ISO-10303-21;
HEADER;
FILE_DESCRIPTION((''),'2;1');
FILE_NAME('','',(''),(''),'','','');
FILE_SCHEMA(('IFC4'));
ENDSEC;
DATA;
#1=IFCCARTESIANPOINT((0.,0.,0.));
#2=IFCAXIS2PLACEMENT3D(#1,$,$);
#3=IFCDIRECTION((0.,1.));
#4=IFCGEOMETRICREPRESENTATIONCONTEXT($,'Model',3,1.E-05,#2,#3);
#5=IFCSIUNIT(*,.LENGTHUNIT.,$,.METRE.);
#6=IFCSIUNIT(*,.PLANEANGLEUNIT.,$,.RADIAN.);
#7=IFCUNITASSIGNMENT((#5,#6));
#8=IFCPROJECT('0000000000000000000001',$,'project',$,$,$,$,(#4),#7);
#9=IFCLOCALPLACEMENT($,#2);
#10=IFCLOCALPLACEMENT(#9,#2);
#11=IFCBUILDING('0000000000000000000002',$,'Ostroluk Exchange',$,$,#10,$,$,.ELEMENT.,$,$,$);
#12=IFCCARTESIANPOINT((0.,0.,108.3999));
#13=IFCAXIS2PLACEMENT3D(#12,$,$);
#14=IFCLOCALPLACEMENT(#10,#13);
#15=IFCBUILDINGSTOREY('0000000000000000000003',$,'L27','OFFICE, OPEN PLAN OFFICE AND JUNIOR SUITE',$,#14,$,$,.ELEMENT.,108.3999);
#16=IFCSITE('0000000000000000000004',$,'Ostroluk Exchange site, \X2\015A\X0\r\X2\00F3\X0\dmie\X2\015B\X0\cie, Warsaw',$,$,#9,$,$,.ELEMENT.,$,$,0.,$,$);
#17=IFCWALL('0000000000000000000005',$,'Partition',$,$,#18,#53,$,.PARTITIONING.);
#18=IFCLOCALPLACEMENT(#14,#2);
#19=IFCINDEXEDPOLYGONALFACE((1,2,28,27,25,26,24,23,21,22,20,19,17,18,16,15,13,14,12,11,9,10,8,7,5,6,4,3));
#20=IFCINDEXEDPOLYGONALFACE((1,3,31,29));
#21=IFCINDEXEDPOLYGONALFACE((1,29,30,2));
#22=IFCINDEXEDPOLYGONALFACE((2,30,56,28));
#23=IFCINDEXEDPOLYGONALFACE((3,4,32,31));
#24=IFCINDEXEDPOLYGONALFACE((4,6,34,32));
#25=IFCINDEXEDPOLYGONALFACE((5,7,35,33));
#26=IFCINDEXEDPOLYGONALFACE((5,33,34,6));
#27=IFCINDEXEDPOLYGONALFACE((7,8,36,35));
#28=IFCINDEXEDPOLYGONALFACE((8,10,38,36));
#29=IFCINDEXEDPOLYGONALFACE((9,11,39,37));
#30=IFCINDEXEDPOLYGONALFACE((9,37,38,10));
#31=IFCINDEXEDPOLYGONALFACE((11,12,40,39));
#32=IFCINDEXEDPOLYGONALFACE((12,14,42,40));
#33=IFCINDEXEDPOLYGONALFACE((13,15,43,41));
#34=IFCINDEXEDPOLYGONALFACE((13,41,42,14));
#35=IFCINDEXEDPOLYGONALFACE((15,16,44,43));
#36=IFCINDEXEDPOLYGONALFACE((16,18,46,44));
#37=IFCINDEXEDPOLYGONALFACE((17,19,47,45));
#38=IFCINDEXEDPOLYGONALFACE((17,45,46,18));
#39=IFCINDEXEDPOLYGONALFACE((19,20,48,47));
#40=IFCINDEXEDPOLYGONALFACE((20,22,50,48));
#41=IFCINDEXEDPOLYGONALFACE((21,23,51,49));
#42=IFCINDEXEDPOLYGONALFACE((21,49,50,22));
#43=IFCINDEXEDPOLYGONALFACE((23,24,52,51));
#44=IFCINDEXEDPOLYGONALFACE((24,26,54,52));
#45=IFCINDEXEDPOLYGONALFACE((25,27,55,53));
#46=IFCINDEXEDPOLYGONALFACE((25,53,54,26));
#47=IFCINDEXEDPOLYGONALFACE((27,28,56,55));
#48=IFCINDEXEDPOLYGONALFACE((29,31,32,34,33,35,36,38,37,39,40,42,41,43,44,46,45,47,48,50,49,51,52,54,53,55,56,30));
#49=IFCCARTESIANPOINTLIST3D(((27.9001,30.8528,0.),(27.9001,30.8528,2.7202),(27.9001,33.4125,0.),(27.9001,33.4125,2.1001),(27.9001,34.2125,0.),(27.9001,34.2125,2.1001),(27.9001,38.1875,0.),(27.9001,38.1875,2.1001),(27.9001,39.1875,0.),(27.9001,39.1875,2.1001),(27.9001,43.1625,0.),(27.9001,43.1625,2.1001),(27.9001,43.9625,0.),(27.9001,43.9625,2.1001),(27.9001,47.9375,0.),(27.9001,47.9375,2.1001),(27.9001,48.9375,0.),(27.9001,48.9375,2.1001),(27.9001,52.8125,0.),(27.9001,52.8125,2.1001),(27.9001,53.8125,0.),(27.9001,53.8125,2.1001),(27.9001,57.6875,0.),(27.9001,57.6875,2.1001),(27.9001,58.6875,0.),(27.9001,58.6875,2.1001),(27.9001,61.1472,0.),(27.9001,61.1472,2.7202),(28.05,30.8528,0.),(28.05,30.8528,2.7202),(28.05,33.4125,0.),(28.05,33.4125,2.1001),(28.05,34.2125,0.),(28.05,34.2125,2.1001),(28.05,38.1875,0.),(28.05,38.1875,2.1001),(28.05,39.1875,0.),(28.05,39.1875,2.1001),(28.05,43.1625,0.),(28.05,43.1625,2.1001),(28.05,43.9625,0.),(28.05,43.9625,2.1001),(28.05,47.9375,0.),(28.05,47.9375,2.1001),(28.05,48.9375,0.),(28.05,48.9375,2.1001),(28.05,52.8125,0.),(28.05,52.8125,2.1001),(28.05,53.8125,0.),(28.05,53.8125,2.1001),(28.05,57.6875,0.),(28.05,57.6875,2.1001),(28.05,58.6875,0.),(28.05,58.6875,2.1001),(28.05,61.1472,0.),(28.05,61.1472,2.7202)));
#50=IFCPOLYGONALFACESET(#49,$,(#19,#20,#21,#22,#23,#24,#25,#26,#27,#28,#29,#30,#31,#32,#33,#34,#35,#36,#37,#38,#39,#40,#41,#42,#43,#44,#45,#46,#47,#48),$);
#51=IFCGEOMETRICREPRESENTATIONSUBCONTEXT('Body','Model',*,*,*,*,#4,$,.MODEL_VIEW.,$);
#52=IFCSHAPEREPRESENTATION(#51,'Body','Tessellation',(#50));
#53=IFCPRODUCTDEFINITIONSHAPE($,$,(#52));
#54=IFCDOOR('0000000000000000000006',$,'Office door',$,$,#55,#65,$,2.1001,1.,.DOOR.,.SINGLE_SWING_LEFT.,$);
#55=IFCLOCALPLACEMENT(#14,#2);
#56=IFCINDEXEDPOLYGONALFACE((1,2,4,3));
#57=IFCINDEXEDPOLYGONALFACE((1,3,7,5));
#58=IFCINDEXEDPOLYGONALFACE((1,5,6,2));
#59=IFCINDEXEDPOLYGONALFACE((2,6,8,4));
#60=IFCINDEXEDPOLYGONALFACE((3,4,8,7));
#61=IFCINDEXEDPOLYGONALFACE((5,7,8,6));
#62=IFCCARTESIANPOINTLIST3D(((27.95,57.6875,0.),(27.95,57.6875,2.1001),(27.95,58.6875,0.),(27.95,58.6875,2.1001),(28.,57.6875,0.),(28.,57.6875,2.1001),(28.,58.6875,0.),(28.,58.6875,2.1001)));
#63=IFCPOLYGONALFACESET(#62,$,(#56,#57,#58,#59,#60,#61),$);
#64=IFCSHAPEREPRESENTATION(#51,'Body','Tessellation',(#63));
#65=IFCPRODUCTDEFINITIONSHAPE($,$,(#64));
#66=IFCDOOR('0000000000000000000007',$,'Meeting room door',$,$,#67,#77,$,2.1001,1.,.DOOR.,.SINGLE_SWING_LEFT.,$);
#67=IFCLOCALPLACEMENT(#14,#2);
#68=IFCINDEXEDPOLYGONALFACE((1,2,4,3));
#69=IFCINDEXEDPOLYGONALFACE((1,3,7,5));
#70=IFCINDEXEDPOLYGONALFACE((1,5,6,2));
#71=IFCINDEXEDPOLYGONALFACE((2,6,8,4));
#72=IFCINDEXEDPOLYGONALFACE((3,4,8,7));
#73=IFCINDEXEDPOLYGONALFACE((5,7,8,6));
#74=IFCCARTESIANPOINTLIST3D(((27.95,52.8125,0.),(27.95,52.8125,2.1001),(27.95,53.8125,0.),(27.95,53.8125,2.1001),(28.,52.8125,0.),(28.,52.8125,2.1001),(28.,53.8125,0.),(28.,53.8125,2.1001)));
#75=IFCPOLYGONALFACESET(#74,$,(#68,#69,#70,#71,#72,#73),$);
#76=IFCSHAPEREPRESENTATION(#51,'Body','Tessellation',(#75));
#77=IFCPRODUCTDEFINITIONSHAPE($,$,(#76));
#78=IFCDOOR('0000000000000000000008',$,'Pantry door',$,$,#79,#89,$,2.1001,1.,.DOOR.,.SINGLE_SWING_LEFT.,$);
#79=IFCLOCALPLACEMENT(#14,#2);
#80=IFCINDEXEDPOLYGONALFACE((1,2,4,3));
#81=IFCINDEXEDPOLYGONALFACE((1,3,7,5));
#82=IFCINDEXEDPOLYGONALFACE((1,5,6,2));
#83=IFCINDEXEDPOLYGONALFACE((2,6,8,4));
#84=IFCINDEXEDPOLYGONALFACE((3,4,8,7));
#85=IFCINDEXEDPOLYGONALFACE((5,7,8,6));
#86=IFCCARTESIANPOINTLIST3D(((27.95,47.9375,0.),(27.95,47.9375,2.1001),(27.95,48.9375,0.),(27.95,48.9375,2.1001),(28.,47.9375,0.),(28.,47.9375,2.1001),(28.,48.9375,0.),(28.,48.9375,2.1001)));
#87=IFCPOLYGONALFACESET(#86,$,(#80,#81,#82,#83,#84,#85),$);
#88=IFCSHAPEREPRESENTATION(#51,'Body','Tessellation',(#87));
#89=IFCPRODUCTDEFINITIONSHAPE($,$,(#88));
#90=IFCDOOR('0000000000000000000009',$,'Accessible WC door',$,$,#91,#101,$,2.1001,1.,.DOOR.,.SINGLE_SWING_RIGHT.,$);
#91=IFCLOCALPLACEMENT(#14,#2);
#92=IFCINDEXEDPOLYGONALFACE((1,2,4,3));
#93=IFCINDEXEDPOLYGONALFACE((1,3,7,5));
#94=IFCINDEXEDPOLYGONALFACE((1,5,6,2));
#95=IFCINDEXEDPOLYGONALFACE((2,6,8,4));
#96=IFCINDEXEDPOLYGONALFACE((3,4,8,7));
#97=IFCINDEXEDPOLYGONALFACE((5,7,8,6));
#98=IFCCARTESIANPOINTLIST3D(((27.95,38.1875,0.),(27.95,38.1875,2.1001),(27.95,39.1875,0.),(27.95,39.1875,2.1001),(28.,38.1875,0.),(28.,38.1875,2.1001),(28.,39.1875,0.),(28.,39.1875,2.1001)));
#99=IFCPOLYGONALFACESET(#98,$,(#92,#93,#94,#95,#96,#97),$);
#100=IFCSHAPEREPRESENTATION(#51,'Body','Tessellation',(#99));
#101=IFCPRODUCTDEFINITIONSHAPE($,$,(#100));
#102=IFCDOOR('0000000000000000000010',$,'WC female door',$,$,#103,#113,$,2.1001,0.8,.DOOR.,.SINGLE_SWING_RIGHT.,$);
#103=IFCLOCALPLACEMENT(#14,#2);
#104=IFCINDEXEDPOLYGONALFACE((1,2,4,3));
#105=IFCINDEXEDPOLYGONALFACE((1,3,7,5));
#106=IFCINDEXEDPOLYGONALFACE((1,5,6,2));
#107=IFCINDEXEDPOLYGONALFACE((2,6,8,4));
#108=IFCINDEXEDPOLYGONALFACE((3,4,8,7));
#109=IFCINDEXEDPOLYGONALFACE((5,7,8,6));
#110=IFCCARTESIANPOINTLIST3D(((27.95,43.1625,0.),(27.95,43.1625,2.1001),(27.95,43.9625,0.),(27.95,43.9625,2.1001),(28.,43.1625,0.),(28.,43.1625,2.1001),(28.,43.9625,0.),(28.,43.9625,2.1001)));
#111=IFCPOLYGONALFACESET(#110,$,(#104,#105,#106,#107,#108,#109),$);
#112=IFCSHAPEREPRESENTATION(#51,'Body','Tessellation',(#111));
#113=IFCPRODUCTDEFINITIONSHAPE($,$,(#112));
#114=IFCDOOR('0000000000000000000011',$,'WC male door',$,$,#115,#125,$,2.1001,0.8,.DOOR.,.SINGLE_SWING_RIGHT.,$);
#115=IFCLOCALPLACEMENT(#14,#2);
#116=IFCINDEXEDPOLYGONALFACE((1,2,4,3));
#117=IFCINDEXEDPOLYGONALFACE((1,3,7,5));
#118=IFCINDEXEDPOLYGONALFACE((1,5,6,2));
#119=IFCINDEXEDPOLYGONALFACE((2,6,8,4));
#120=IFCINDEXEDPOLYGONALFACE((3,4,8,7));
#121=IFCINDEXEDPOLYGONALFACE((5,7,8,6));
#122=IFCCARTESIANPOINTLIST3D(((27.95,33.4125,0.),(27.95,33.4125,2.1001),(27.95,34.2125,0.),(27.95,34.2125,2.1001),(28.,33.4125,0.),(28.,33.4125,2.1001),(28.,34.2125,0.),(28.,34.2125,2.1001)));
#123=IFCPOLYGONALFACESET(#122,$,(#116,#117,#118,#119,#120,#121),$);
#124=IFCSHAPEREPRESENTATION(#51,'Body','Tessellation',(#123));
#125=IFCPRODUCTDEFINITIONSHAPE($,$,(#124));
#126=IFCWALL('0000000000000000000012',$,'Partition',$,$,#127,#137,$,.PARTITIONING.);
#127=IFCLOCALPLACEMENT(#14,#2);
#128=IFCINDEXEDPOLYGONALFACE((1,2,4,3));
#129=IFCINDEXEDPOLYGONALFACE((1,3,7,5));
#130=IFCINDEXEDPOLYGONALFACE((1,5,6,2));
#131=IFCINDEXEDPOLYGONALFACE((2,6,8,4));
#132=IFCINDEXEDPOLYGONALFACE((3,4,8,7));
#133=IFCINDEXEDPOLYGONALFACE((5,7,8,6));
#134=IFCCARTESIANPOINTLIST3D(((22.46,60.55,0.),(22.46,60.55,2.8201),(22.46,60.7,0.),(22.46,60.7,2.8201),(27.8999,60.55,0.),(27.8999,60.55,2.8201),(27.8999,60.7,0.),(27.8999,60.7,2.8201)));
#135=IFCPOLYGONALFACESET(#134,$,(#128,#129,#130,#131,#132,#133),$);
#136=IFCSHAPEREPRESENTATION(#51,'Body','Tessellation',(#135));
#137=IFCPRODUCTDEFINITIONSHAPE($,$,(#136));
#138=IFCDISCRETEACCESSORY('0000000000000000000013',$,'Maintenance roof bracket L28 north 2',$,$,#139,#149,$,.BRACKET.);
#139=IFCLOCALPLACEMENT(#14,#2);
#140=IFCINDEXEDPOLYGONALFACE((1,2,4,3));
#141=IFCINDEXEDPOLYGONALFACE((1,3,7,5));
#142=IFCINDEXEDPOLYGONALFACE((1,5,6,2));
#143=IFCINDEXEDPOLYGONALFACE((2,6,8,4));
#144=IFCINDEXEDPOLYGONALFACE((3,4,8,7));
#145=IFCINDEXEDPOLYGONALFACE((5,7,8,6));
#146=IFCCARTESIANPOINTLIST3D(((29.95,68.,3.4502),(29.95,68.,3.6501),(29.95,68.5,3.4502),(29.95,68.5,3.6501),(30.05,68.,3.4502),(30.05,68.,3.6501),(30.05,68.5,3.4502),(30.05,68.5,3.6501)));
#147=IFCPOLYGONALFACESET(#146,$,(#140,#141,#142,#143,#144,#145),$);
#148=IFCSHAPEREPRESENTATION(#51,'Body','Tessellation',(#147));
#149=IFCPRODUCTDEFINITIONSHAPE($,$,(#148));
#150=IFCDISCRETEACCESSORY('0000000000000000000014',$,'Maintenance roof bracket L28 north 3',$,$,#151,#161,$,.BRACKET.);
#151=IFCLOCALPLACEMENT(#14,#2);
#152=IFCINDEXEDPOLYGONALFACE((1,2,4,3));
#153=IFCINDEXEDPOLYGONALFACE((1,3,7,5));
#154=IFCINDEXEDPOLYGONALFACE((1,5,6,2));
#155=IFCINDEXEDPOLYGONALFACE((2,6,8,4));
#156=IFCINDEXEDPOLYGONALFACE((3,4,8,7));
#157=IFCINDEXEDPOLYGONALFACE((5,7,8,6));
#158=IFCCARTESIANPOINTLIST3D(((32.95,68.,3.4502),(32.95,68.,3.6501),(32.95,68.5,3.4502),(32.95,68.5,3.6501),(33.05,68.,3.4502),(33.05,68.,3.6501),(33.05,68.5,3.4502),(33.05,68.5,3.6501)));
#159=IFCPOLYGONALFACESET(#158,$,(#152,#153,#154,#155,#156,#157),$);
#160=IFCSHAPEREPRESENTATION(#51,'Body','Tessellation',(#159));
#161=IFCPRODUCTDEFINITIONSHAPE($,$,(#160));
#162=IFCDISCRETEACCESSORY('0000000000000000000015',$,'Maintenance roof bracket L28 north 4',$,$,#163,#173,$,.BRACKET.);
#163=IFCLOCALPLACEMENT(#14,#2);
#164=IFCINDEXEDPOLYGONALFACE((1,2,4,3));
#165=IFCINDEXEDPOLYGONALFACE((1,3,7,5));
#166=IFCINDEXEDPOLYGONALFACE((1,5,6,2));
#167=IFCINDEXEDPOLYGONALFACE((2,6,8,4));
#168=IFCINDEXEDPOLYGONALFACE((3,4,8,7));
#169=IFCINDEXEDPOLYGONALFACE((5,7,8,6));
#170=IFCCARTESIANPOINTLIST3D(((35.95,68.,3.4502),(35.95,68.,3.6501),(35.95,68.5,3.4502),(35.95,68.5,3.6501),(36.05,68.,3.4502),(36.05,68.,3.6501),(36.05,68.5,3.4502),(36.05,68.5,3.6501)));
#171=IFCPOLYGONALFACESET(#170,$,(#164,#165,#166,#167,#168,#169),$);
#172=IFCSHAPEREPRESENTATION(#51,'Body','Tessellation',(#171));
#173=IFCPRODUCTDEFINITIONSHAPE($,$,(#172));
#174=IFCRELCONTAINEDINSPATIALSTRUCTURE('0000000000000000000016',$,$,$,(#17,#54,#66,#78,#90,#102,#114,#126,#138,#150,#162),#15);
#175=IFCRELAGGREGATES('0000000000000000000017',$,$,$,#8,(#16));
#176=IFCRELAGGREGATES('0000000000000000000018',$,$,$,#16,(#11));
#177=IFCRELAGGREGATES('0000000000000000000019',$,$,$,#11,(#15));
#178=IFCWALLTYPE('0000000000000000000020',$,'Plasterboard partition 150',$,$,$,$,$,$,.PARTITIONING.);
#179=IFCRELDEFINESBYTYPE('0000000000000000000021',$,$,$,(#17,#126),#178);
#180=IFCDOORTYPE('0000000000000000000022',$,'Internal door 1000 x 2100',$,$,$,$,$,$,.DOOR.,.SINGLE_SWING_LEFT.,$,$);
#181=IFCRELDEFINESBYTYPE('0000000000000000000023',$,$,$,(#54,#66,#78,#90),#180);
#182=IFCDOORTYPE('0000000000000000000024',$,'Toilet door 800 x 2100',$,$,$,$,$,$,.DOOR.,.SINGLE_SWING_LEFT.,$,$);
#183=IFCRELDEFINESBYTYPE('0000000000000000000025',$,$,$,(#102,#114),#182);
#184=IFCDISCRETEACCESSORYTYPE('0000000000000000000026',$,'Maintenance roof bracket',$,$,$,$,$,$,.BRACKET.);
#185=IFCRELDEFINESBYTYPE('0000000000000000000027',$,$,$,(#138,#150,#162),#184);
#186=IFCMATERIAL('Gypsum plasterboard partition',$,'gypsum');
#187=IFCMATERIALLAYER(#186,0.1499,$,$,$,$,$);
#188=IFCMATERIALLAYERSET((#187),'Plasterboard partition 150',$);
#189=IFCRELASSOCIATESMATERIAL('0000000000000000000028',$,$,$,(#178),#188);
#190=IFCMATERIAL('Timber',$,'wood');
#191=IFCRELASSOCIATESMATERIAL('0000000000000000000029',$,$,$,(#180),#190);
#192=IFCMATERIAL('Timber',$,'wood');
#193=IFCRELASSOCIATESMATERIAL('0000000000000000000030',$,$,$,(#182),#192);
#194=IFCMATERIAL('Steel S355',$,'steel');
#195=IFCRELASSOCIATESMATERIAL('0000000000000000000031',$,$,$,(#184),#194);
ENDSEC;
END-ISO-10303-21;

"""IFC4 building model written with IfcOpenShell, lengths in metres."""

from ifc_helpers import new_model, si_unit, direction, frame, frame_2d, origin, origin_2d, place, context, subcontext, project, spatial, rectangle, extrude, material, layer, layer_set, type_object, element, fill, save


model = new_model("IFC4")

# Units and contexts
model_context = context("Model", 3, precision=1e-05, world=origin(), true_north=direction((0.0, 1.0)))
body_context = subcontext(model_context, "Body", "Model", "MODEL_VIEW")
ifc_project = project(units=[si_unit("LENGTHUNIT", "METRE"), si_unit("PLANEANGLEUNIT", "RADIAN")], contexts=[model_context])

# Site, building, storey
site_placement = place(None, origin())
site = spatial("IfcSite", under=ifc_project, at=site_placement, Name="Ostroluk Exchange site, Śródmieście, Warsaw", CompositionType="ELEMENT", RefElevation=0.0)
building_placement = place(site_placement, origin())
building = spatial("IfcBuilding", under=site, at=building_placement, Name="Ostroluk Exchange", CompositionType="ELEMENT")
storey_placement = place(building_placement, frame((0.0, 0.0, 108.3999)))
storey = spatial("IfcBuildingStorey", under=building, at=storey_placement, Name="L27", Description="OFFICE, OPEN PLAN OFFICE AND JUNIOR SUITE", CompositionType="ELEMENT", Elevation=108.3999)

# Shared definitions
ifc_material_1 = material(Name="Gypsum plasterboard partition", Category="gypsum")
ifc_layer_1 = layer(ifc_material_1, 0.1499)
ifc_layer_set_1 = layer_set([ifc_layer_1], Name="Plasterboard partition 150")
wall_type = type_object("IfcWallType", Name="Plasterboard partition 150", PredefinedType="PARTITIONING", material=ifc_layer_set_1)
ifc_material_2 = material(Name="Timber", Category="wood")
door_type_1 = type_object("IfcDoorType", Name="Internal door 1000 x 2100", OperationType="SINGLE_SWING_LEFT", PredefinedType="DOOR", material=ifc_material_2)

# Wall, openings, doors
wall_1_placement = place(storey_placement, frame((27.9751, 61.1472, 0.0), z_axis=(0.0, 0.0, 1.0), x_axis=(0.0, -1.0, 0.0)))
wall_1 = element("IfcWall", 1, at=wall_1_placement, inside=storey, type_object=wall_type, Name="Partition", PredefinedType="PARTITIONING", context=body_context, shape_type="SweptSolid", body=[
    extrude(rectangle(XDim=30.2944, YDim=0.1499, at=frame_2d((15.1472, 0.0))), origin(), (0.0, 0.0, 1.0), 2.7202),
])
opening_1_placement = place(wall_1_placement, frame((2.4597, 0.0, 0.0)))
opening_1 = element("IfcOpeningElement", 2, at=opening_1_placement, cuts=wall_1, PredefinedType="OPENING", context=body_context, shape_type="SweptSolid", body=[
    extrude(rectangle(XDim=1.0, YDim=2.1001, at=frame_2d((0.5, 1.05))), frame((0.0, 0.085, 0.0), z_axis=(0.0, -1.0, 0.0), x_axis=(1.0, 0.0, 0.0)), (0.0, 0.0, 1.0), 0.1699),
])
opening_2_placement = place(wall_1_placement, frame((7.3347, 0.0, 0.0)))
opening_2 = element("IfcOpeningElement", 3, at=opening_2_placement, cuts=wall_1, PredefinedType="OPENING", context=body_context, shape_type="SweptSolid", body=[
    extrude(rectangle(XDim=1.0, YDim=2.1001, at=frame_2d((0.5, 1.05))), frame((0.0, 0.085, 0.0), z_axis=(0.0, -1.0, 0.0), x_axis=(1.0, 0.0, 0.0)), (0.0, 0.0, 1.0), 0.1699),
])
opening_3_placement = place(wall_1_placement, frame((12.2097, 0.0, 0.0)))
opening_3 = element("IfcOpeningElement", 4, at=opening_3_placement, cuts=wall_1, PredefinedType="OPENING", context=body_context, shape_type="SweptSolid", body=[
    extrude(rectangle(XDim=1.0, YDim=2.1001, at=frame_2d((0.5, 1.05))), frame((0.0, 0.085, 0.0), z_axis=(0.0, -1.0, 0.0), x_axis=(1.0, 0.0, 0.0)), (0.0, 0.0, 1.0), 0.1699),
])
opening_4_placement = place(wall_1_placement, frame((17.1848, 0.0, 0.0)))
opening_4 = element("IfcOpeningElement", 5, at=opening_4_placement, cuts=wall_1, PredefinedType="OPENING", context=body_context, shape_type="SweptSolid", body=[
    extrude(rectangle(XDim=0.8, YDim=2.1001, at=frame_2d((0.3999, 1.05))), frame((0.0, 0.085, 0.0), z_axis=(0.0, -1.0, 0.0), x_axis=(1.0, 0.0, 0.0)), (0.0, 0.0, 1.0), 0.1699),
])
opening_5_placement = place(wall_1_placement, frame((21.9597, 0.0, 0.0)))
opening_5 = element("IfcOpeningElement", 6, at=opening_5_placement, cuts=wall_1, PredefinedType="OPENING", context=body_context, shape_type="SweptSolid", body=[
    extrude(rectangle(XDim=1.0, YDim=2.1001, at=frame_2d((0.5, 1.05))), frame((0.0, 0.085, 0.0), z_axis=(0.0, -1.0, 0.0), x_axis=(1.0, 0.0, 0.0)), (0.0, 0.0, 1.0), 0.1699),
])
opening_6_placement = place(wall_1_placement, frame((26.9348, 0.0, 0.0)))
opening_6 = element("IfcOpeningElement", 7, at=opening_6_placement, cuts=wall_1, PredefinedType="OPENING", context=body_context, shape_type="SweptSolid", body=[
    extrude(rectangle(XDim=0.8, YDim=2.1001, at=frame_2d((0.3999, 1.05))), frame((0.0, 0.085, 0.0), z_axis=(0.0, -1.0, 0.0), x_axis=(1.0, 0.0, 0.0)), (0.0, 0.0, 1.0), 0.1699),
])
door_1_placement = place(opening_1_placement, origin())
door_1 = element("IfcDoor", 8, at=door_1_placement, inside=storey, type_object=door_type_1, Name="Office door", OperationType="SINGLE_SWING_LEFT", OverallHeight=2.1001, OverallWidth=1.0, PredefinedType="DOOR", context=body_context, shape_type="SweptSolid", body=[
    extrude(rectangle(XDim=1.0, YDim=2.1001, at=frame_2d((0.5, 1.05))), frame((0.0, 0.0249, 0.0), z_axis=(0.0, -1.0, 0.0), x_axis=(1.0, 0.0, 0.0)), (0.0, 0.0, 1.0), 0.05),
])
fill(opening_1, door_1)
door_2_placement = place(opening_2_placement, origin())
door_2 = element("IfcDoor", 9, at=door_2_placement, inside=storey, type_object=door_type_1, Name="Meeting room door", OperationType="SINGLE_SWING_LEFT", OverallHeight=2.1001, OverallWidth=1.0, PredefinedType="DOOR", context=body_context, shape_type="SweptSolid", body=[
    extrude(rectangle(XDim=1.0, YDim=2.1001, at=frame_2d((0.5, 1.05))), frame((0.0, 0.0249, 0.0), z_axis=(0.0, -1.0, 0.0), x_axis=(1.0, 0.0, 0.0)), (0.0, 0.0, 1.0), 0.05),
])
fill(opening_2, door_2)
door_3_placement = place(opening_3_placement, origin())
door_3 = element("IfcDoor", 10, at=door_3_placement, inside=storey, type_object=door_type_1, Name="Pantry door", OperationType="SINGLE_SWING_LEFT", OverallHeight=2.1001, OverallWidth=1.0, PredefinedType="DOOR", context=body_context, shape_type="SweptSolid", body=[
    extrude(rectangle(XDim=1.0, YDim=2.1001, at=frame_2d((0.5, 1.05))), frame((0.0, 0.0249, 0.0), z_axis=(0.0, -1.0, 0.0), x_axis=(1.0, 0.0, 0.0)), (0.0, 0.0, 1.0), 0.05),
])
fill(opening_3, door_3)
door_4_placement = place(opening_5_placement, origin())
door_4 = element("IfcDoor", 11, at=door_4_placement, inside=storey, type_object=door_type_1, Name="Accessible WC door", OperationType="SINGLE_SWING_RIGHT", OverallHeight=2.1001, OverallWidth=1.0, PredefinedType="DOOR", context=body_context, shape_type="SweptSolid", body=[
    extrude(rectangle(XDim=1.0, YDim=2.1001, at=frame_2d((0.5, 1.05))), frame((0.0, 0.0249, 0.0), z_axis=(0.0, -1.0, 0.0), x_axis=(1.0, 0.0, 0.0)), (0.0, 0.0, 1.0), 0.05),
])
fill(opening_5, door_4)
ifc_material_3 = material(Name="Timber", Category="wood")
door_type_2 = type_object("IfcDoorType", Name="Toilet door 800 x 2100", OperationType="SINGLE_SWING_LEFT", PredefinedType="DOOR", material=ifc_material_3)
door_5_placement = place(opening_4_placement, origin())
door_5 = element("IfcDoor", 12, at=door_5_placement, inside=storey, type_object=door_type_2, Name="WC female door", OperationType="SINGLE_SWING_RIGHT", OverallHeight=2.1001, OverallWidth=0.8, PredefinedType="DOOR", context=body_context, shape_type="SweptSolid", body=[
    extrude(rectangle(XDim=0.8, YDim=2.1001, at=frame_2d((0.3999, 1.05))), frame((0.0, 0.0249, 0.0), z_axis=(0.0, -1.0, 0.0), x_axis=(1.0, 0.0, 0.0)), (0.0, 0.0, 1.0), 0.05),
])
fill(opening_4, door_5)
door_6_placement = place(opening_6_placement, origin())
door_6 = element("IfcDoor", 13, at=door_6_placement, inside=storey, type_object=door_type_2, Name="WC male door", OperationType="SINGLE_SWING_RIGHT", OverallHeight=2.1001, OverallWidth=0.8, PredefinedType="DOOR", context=body_context, shape_type="SweptSolid", body=[
    extrude(rectangle(XDim=0.8, YDim=2.1001, at=frame_2d((0.3999, 1.05))), frame((0.0, 0.0249, 0.0), z_axis=(0.0, -1.0, 0.0), x_axis=(1.0, 0.0, 0.0)), (0.0, 0.0, 1.0), 0.05),
])
fill(opening_6, door_6)

# Wall
wall_2_placement = place(storey_placement, frame((27.8999, 60.625, 0.0), z_axis=(0.0, 0.0, 1.0), x_axis=(-1.0, 0.0, 0.0)))
element("IfcWall", 14, at=wall_2_placement, inside=storey, type_object=wall_type, Name="Partition", PredefinedType="PARTITIONING", context=body_context, shape_type="SweptSolid", body=[
    extrude(rectangle(XDim=5.4399, YDim=0.1499, at=frame_2d((2.72, 0.0))), origin(), (0.0, 0.0, 1.0), 2.8201),
])

# Discrete accessories
ifc_material_4 = material(Name="Steel S355", Category="steel")
discrete_accessory_type = type_object("IfcDiscreteAccessoryType", Name="Maintenance roof bracket", PredefinedType="BRACKET", material=ifc_material_4)
for number, where, z_axis, x_axis, name in (
    (15, (30.0, 68.25, 3.4502), (0.0, 0.0, 1.0), (1.0, 0.0, 0.0), "Maintenance roof bracket L28 north 2"),
    (16, (33.0, 68.25, 3.4502), (0.0, 0.0, 1.0), (1.0, 0.0, 0.0), "Maintenance roof bracket L28 north 3"),
    (17, (36.0, 68.25, 3.4502), (0.0, 0.0, 1.0), (1.0, 0.0, 0.0), "Maintenance roof bracket L28 north 4"),
):
    element("IfcDiscreteAccessory", number, at=place(storey_placement, frame(where, z_axis=z_axis, x_axis=x_axis)), inside=storey, type_object=discrete_accessory_type, Name=name, PredefinedType="BRACKET", context=body_context, shape_type="SweptSolid", body=[
        extrude(rectangle(XDim=0.1001, YDim=0.5, at=origin_2d()), origin(), (0.0, 0.0, 1.0), 0.2),
    ])

save(model, "model.ifc")
